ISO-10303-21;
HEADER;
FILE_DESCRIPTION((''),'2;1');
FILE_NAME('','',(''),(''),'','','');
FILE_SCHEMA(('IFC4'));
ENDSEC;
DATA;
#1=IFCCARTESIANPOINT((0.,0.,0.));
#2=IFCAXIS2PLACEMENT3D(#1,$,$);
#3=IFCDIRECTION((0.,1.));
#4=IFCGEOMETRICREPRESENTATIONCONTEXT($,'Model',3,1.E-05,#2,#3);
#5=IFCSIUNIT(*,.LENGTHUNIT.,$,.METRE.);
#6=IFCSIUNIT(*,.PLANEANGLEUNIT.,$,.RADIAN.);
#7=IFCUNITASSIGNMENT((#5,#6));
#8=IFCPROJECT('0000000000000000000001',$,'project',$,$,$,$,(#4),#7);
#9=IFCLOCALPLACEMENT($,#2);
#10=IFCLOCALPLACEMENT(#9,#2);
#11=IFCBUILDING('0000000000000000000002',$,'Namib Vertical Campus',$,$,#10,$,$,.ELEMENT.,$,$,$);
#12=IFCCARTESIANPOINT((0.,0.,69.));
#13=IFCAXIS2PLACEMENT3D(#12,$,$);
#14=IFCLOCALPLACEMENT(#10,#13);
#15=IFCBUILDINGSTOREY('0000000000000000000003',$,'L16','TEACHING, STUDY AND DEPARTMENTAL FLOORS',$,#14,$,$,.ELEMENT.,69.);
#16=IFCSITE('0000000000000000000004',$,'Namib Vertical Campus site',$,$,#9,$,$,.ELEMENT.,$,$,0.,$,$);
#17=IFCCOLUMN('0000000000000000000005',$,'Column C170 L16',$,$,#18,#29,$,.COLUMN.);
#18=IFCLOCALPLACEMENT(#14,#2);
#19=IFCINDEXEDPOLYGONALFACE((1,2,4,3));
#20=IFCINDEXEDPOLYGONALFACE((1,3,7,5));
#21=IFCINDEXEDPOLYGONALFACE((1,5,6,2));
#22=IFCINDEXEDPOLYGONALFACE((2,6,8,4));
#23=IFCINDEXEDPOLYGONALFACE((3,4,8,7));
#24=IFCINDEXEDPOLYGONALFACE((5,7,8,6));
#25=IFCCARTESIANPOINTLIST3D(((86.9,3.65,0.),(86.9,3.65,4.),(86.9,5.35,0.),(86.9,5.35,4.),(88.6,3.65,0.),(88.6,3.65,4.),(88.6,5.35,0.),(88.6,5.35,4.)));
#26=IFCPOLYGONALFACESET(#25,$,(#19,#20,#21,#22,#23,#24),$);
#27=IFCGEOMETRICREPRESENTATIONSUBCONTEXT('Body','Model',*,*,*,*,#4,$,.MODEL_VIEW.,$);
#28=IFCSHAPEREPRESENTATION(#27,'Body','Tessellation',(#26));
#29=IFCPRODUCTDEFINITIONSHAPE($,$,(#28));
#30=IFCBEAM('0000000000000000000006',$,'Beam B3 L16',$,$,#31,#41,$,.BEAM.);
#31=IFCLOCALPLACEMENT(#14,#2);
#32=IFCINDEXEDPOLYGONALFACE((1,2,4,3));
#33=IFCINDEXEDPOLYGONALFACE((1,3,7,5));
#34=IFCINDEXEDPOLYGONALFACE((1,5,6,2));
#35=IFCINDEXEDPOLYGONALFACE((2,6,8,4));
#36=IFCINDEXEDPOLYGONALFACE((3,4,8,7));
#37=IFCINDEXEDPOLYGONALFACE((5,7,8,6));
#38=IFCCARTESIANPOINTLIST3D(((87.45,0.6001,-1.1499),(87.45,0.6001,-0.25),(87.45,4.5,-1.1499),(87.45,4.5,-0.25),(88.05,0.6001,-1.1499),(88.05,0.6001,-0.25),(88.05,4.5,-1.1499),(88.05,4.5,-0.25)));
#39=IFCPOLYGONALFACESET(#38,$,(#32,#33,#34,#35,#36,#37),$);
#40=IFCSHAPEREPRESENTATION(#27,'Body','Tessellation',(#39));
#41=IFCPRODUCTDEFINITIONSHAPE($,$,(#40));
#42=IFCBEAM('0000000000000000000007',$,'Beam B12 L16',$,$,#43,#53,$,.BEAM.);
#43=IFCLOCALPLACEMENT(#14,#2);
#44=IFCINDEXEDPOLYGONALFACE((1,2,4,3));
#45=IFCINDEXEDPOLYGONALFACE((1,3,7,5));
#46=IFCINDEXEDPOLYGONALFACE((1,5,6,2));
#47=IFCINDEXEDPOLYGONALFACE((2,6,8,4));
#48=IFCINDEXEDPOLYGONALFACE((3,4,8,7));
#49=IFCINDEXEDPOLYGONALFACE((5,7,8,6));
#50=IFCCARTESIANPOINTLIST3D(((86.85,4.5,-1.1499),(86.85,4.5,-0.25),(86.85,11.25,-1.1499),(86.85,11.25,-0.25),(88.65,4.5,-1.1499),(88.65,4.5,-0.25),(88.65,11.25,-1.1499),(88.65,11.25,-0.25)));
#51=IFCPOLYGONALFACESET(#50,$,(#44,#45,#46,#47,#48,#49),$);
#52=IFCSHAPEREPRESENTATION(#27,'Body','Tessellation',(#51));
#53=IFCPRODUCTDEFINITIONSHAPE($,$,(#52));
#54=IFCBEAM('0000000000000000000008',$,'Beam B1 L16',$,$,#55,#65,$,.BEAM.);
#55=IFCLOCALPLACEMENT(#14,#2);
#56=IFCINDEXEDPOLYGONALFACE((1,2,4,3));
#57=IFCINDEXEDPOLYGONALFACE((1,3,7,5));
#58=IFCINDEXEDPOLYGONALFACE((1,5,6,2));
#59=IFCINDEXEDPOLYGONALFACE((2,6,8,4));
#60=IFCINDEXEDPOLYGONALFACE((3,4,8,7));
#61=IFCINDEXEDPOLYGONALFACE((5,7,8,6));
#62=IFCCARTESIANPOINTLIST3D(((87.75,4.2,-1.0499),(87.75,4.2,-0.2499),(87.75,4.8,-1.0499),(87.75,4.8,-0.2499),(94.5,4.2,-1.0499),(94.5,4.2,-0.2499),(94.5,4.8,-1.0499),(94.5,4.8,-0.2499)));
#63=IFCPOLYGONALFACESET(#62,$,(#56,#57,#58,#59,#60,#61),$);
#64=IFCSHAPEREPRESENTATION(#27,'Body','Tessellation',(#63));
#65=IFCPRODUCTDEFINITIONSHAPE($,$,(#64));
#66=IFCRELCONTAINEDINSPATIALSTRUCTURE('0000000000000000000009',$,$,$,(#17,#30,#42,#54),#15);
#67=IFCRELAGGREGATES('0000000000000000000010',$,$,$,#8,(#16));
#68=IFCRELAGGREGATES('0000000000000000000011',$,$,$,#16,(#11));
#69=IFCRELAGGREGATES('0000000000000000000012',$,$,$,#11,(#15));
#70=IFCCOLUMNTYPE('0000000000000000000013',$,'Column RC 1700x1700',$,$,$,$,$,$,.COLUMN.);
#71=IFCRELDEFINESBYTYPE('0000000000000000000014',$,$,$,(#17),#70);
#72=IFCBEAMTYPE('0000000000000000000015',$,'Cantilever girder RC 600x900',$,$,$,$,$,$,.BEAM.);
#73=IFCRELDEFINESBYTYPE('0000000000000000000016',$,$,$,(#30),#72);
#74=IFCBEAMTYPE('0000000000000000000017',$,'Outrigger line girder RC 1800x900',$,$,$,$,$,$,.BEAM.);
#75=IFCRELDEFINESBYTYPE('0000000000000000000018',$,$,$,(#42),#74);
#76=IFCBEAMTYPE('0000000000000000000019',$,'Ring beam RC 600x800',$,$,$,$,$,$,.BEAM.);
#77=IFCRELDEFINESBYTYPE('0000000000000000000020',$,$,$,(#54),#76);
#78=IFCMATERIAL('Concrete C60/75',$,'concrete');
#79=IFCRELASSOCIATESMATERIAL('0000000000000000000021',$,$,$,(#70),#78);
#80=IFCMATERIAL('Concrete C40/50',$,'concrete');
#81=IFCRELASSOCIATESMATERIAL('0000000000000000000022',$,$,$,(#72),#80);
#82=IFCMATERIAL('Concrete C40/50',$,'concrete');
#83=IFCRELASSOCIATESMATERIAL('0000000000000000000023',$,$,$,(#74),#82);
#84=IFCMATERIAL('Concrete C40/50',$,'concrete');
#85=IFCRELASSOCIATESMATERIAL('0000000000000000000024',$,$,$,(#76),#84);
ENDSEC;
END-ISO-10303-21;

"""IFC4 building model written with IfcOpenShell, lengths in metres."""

from ifc_helpers import new_model, si_unit, direction, frame, origin, origin_2d, place, context, subcontext, project, spatial, rectangle, extrude, material, material_profile, profile_set, type_object, element, save


model = new_model("IFC4")

# Units and contexts
model_context = context("Model", 3, precision=1e-05, world=origin(), true_north=direction((0.0, 1.0)))
body_context = subcontext(model_context, "Body", "Model", "MODEL_VIEW")
ifc_project = project(units=[si_unit("LENGTHUNIT", "METRE"), si_unit("PLANEANGLEUNIT", "RADIAN")], contexts=[model_context])

# Site, building, storey
site_placement = place(None, origin())
site = spatial("IfcSite", under=ifc_project, at=site_placement, Name="Namib Vertical Campus site", CompositionType="ELEMENT", RefElevation=0.0)
building_placement = place(site_placement, origin())
building = spatial("IfcBuilding", under=site, at=building_placement, Name="Namib Vertical Campus", CompositionType="ELEMENT")
storey_placement = place(building_placement, frame((0.0, 0.0, 69.0)))
storey = spatial("IfcBuildingStorey", under=building, at=storey_placement, Name="L16", Description="TEACHING, STUDY AND DEPARTMENTAL FLOORS", CompositionType="ELEMENT", Elevation=69.0)

# Column
ifc_material_1 = material(Name="Concrete C60/75", Category="concrete")
ifc_material_profile_1 = material_profile(ifc_material_1, rectangle(XDim=1.7, YDim=1.7, at=origin_2d()))
ifc_profile_set_1 = profile_set([ifc_material_profile_1], Name="Concrete C60/75")
column_type = type_object("IfcColumnType", Name="Column RC 1700x1700", PredefinedType="COLUMN", material=ifc_profile_set_1)
column_placement = place(storey_placement, frame((87.75, 4.5, 0.0), z_axis=(0.0, 0.0, 1.0), x_axis=(1.0, 0.0, 0.0)))
element("IfcColumn", 1, at=column_placement, inside=storey, type_object=column_type, Name="Column C170 L16", PredefinedType="COLUMN", context=body_context, shape_type="SweptSolid", body=[
    extrude(rectangle(XDim=1.7, YDim=1.7, at=origin_2d()), origin(), (0.0, 0.0, 1.0), 4.0),
])

# Beams
ifc_material_2 = material(Name="Concrete C40/50", Category="concrete")
ifc_material_profile_2 = material_profile(ifc_material_2, rectangle(XDim=0.6001, YDim=0.8999, at=origin_2d()))
ifc_profile_set_2 = profile_set([ifc_material_profile_2], Name="Concrete C40/50")
beam_type_1 = type_object("IfcBeamType", Name="Cantilever girder RC 600x900", PredefinedType="BEAM", material=ifc_profile_set_2)
beam_1_placement = place(storey_placement, frame((87.75, 4.5, -0.7), z_axis=(0.0, -1.0, 0.0), x_axis=(1.0, 0.0, 0.0)))
element("IfcBeam", 2, at=beam_1_placement, inside=storey, type_object=beam_type_1, Name="Beam B3 L16", PredefinedType="BEAM", context=body_context, shape_type="SweptSolid", body=[
    extrude(rectangle(XDim=0.6001, YDim=0.8999, at=origin_2d()), origin(), (0.0, 0.0, 1.0), 3.8999),
])
ifc_material_3 = material(Name="Concrete C40/50", Category="concrete")
ifc_material_profile_3 = material_profile(ifc_material_3, rectangle(XDim=1.8, YDim=0.8999, at=origin_2d()))
ifc_profile_set_3 = profile_set([ifc_material_profile_3], Name="Concrete C40/50")
beam_type_2 = type_object("IfcBeamType", Name="Outrigger line girder RC 1800x900", PredefinedType="BEAM", material=ifc_profile_set_3)
beam_2_placement = place(storey_placement, frame((87.75, 4.5, -0.7), z_axis=(0.0, 1.0, 0.0), x_axis=(-1.0, 0.0, 0.0)))
element("IfcBeam", 3, at=beam_2_placement, inside=storey, type_object=beam_type_2, Name="Beam B12 L16", PredefinedType="BEAM", context=body_context, shape_type="SweptSolid", body=[
    extrude(rectangle(XDim=1.8, YDim=0.8999, at=origin_2d()), origin(), (0.0, 0.0, 1.0), 6.75),
])
ifc_material_4 = material(Name="Concrete C40/50", Category="concrete")
ifc_material_profile_4 = material_profile(ifc_material_4, rectangle(XDim=0.6001, YDim=0.8, at=origin_2d()))
ifc_profile_set_4 = profile_set([ifc_material_profile_4], Name="Concrete C40/50")
beam_type_3 = type_object("IfcBeamType", Name="Ring beam RC 600x800", PredefinedType="BEAM", material=ifc_profile_set_4)
beam_3_placement = place(storey_placement, frame((87.75, 4.5, -0.6499), z_axis=(1.0, 0.0, 0.0), x_axis=(0.0, 1.0, 0.0)))
element("IfcBeam", 4, at=beam_3_placement, inside=storey, type_object=beam_type_3, Name="Beam B1 L16", PredefinedType="BEAM", context=body_context, shape_type="SweptSolid", body=[
    extrude(rectangle(XDim=0.6001, YDim=0.8, at=origin_2d()), origin(), (0.0, 0.0, 1.0), 6.75),
])

save(model, "model.ifc")
